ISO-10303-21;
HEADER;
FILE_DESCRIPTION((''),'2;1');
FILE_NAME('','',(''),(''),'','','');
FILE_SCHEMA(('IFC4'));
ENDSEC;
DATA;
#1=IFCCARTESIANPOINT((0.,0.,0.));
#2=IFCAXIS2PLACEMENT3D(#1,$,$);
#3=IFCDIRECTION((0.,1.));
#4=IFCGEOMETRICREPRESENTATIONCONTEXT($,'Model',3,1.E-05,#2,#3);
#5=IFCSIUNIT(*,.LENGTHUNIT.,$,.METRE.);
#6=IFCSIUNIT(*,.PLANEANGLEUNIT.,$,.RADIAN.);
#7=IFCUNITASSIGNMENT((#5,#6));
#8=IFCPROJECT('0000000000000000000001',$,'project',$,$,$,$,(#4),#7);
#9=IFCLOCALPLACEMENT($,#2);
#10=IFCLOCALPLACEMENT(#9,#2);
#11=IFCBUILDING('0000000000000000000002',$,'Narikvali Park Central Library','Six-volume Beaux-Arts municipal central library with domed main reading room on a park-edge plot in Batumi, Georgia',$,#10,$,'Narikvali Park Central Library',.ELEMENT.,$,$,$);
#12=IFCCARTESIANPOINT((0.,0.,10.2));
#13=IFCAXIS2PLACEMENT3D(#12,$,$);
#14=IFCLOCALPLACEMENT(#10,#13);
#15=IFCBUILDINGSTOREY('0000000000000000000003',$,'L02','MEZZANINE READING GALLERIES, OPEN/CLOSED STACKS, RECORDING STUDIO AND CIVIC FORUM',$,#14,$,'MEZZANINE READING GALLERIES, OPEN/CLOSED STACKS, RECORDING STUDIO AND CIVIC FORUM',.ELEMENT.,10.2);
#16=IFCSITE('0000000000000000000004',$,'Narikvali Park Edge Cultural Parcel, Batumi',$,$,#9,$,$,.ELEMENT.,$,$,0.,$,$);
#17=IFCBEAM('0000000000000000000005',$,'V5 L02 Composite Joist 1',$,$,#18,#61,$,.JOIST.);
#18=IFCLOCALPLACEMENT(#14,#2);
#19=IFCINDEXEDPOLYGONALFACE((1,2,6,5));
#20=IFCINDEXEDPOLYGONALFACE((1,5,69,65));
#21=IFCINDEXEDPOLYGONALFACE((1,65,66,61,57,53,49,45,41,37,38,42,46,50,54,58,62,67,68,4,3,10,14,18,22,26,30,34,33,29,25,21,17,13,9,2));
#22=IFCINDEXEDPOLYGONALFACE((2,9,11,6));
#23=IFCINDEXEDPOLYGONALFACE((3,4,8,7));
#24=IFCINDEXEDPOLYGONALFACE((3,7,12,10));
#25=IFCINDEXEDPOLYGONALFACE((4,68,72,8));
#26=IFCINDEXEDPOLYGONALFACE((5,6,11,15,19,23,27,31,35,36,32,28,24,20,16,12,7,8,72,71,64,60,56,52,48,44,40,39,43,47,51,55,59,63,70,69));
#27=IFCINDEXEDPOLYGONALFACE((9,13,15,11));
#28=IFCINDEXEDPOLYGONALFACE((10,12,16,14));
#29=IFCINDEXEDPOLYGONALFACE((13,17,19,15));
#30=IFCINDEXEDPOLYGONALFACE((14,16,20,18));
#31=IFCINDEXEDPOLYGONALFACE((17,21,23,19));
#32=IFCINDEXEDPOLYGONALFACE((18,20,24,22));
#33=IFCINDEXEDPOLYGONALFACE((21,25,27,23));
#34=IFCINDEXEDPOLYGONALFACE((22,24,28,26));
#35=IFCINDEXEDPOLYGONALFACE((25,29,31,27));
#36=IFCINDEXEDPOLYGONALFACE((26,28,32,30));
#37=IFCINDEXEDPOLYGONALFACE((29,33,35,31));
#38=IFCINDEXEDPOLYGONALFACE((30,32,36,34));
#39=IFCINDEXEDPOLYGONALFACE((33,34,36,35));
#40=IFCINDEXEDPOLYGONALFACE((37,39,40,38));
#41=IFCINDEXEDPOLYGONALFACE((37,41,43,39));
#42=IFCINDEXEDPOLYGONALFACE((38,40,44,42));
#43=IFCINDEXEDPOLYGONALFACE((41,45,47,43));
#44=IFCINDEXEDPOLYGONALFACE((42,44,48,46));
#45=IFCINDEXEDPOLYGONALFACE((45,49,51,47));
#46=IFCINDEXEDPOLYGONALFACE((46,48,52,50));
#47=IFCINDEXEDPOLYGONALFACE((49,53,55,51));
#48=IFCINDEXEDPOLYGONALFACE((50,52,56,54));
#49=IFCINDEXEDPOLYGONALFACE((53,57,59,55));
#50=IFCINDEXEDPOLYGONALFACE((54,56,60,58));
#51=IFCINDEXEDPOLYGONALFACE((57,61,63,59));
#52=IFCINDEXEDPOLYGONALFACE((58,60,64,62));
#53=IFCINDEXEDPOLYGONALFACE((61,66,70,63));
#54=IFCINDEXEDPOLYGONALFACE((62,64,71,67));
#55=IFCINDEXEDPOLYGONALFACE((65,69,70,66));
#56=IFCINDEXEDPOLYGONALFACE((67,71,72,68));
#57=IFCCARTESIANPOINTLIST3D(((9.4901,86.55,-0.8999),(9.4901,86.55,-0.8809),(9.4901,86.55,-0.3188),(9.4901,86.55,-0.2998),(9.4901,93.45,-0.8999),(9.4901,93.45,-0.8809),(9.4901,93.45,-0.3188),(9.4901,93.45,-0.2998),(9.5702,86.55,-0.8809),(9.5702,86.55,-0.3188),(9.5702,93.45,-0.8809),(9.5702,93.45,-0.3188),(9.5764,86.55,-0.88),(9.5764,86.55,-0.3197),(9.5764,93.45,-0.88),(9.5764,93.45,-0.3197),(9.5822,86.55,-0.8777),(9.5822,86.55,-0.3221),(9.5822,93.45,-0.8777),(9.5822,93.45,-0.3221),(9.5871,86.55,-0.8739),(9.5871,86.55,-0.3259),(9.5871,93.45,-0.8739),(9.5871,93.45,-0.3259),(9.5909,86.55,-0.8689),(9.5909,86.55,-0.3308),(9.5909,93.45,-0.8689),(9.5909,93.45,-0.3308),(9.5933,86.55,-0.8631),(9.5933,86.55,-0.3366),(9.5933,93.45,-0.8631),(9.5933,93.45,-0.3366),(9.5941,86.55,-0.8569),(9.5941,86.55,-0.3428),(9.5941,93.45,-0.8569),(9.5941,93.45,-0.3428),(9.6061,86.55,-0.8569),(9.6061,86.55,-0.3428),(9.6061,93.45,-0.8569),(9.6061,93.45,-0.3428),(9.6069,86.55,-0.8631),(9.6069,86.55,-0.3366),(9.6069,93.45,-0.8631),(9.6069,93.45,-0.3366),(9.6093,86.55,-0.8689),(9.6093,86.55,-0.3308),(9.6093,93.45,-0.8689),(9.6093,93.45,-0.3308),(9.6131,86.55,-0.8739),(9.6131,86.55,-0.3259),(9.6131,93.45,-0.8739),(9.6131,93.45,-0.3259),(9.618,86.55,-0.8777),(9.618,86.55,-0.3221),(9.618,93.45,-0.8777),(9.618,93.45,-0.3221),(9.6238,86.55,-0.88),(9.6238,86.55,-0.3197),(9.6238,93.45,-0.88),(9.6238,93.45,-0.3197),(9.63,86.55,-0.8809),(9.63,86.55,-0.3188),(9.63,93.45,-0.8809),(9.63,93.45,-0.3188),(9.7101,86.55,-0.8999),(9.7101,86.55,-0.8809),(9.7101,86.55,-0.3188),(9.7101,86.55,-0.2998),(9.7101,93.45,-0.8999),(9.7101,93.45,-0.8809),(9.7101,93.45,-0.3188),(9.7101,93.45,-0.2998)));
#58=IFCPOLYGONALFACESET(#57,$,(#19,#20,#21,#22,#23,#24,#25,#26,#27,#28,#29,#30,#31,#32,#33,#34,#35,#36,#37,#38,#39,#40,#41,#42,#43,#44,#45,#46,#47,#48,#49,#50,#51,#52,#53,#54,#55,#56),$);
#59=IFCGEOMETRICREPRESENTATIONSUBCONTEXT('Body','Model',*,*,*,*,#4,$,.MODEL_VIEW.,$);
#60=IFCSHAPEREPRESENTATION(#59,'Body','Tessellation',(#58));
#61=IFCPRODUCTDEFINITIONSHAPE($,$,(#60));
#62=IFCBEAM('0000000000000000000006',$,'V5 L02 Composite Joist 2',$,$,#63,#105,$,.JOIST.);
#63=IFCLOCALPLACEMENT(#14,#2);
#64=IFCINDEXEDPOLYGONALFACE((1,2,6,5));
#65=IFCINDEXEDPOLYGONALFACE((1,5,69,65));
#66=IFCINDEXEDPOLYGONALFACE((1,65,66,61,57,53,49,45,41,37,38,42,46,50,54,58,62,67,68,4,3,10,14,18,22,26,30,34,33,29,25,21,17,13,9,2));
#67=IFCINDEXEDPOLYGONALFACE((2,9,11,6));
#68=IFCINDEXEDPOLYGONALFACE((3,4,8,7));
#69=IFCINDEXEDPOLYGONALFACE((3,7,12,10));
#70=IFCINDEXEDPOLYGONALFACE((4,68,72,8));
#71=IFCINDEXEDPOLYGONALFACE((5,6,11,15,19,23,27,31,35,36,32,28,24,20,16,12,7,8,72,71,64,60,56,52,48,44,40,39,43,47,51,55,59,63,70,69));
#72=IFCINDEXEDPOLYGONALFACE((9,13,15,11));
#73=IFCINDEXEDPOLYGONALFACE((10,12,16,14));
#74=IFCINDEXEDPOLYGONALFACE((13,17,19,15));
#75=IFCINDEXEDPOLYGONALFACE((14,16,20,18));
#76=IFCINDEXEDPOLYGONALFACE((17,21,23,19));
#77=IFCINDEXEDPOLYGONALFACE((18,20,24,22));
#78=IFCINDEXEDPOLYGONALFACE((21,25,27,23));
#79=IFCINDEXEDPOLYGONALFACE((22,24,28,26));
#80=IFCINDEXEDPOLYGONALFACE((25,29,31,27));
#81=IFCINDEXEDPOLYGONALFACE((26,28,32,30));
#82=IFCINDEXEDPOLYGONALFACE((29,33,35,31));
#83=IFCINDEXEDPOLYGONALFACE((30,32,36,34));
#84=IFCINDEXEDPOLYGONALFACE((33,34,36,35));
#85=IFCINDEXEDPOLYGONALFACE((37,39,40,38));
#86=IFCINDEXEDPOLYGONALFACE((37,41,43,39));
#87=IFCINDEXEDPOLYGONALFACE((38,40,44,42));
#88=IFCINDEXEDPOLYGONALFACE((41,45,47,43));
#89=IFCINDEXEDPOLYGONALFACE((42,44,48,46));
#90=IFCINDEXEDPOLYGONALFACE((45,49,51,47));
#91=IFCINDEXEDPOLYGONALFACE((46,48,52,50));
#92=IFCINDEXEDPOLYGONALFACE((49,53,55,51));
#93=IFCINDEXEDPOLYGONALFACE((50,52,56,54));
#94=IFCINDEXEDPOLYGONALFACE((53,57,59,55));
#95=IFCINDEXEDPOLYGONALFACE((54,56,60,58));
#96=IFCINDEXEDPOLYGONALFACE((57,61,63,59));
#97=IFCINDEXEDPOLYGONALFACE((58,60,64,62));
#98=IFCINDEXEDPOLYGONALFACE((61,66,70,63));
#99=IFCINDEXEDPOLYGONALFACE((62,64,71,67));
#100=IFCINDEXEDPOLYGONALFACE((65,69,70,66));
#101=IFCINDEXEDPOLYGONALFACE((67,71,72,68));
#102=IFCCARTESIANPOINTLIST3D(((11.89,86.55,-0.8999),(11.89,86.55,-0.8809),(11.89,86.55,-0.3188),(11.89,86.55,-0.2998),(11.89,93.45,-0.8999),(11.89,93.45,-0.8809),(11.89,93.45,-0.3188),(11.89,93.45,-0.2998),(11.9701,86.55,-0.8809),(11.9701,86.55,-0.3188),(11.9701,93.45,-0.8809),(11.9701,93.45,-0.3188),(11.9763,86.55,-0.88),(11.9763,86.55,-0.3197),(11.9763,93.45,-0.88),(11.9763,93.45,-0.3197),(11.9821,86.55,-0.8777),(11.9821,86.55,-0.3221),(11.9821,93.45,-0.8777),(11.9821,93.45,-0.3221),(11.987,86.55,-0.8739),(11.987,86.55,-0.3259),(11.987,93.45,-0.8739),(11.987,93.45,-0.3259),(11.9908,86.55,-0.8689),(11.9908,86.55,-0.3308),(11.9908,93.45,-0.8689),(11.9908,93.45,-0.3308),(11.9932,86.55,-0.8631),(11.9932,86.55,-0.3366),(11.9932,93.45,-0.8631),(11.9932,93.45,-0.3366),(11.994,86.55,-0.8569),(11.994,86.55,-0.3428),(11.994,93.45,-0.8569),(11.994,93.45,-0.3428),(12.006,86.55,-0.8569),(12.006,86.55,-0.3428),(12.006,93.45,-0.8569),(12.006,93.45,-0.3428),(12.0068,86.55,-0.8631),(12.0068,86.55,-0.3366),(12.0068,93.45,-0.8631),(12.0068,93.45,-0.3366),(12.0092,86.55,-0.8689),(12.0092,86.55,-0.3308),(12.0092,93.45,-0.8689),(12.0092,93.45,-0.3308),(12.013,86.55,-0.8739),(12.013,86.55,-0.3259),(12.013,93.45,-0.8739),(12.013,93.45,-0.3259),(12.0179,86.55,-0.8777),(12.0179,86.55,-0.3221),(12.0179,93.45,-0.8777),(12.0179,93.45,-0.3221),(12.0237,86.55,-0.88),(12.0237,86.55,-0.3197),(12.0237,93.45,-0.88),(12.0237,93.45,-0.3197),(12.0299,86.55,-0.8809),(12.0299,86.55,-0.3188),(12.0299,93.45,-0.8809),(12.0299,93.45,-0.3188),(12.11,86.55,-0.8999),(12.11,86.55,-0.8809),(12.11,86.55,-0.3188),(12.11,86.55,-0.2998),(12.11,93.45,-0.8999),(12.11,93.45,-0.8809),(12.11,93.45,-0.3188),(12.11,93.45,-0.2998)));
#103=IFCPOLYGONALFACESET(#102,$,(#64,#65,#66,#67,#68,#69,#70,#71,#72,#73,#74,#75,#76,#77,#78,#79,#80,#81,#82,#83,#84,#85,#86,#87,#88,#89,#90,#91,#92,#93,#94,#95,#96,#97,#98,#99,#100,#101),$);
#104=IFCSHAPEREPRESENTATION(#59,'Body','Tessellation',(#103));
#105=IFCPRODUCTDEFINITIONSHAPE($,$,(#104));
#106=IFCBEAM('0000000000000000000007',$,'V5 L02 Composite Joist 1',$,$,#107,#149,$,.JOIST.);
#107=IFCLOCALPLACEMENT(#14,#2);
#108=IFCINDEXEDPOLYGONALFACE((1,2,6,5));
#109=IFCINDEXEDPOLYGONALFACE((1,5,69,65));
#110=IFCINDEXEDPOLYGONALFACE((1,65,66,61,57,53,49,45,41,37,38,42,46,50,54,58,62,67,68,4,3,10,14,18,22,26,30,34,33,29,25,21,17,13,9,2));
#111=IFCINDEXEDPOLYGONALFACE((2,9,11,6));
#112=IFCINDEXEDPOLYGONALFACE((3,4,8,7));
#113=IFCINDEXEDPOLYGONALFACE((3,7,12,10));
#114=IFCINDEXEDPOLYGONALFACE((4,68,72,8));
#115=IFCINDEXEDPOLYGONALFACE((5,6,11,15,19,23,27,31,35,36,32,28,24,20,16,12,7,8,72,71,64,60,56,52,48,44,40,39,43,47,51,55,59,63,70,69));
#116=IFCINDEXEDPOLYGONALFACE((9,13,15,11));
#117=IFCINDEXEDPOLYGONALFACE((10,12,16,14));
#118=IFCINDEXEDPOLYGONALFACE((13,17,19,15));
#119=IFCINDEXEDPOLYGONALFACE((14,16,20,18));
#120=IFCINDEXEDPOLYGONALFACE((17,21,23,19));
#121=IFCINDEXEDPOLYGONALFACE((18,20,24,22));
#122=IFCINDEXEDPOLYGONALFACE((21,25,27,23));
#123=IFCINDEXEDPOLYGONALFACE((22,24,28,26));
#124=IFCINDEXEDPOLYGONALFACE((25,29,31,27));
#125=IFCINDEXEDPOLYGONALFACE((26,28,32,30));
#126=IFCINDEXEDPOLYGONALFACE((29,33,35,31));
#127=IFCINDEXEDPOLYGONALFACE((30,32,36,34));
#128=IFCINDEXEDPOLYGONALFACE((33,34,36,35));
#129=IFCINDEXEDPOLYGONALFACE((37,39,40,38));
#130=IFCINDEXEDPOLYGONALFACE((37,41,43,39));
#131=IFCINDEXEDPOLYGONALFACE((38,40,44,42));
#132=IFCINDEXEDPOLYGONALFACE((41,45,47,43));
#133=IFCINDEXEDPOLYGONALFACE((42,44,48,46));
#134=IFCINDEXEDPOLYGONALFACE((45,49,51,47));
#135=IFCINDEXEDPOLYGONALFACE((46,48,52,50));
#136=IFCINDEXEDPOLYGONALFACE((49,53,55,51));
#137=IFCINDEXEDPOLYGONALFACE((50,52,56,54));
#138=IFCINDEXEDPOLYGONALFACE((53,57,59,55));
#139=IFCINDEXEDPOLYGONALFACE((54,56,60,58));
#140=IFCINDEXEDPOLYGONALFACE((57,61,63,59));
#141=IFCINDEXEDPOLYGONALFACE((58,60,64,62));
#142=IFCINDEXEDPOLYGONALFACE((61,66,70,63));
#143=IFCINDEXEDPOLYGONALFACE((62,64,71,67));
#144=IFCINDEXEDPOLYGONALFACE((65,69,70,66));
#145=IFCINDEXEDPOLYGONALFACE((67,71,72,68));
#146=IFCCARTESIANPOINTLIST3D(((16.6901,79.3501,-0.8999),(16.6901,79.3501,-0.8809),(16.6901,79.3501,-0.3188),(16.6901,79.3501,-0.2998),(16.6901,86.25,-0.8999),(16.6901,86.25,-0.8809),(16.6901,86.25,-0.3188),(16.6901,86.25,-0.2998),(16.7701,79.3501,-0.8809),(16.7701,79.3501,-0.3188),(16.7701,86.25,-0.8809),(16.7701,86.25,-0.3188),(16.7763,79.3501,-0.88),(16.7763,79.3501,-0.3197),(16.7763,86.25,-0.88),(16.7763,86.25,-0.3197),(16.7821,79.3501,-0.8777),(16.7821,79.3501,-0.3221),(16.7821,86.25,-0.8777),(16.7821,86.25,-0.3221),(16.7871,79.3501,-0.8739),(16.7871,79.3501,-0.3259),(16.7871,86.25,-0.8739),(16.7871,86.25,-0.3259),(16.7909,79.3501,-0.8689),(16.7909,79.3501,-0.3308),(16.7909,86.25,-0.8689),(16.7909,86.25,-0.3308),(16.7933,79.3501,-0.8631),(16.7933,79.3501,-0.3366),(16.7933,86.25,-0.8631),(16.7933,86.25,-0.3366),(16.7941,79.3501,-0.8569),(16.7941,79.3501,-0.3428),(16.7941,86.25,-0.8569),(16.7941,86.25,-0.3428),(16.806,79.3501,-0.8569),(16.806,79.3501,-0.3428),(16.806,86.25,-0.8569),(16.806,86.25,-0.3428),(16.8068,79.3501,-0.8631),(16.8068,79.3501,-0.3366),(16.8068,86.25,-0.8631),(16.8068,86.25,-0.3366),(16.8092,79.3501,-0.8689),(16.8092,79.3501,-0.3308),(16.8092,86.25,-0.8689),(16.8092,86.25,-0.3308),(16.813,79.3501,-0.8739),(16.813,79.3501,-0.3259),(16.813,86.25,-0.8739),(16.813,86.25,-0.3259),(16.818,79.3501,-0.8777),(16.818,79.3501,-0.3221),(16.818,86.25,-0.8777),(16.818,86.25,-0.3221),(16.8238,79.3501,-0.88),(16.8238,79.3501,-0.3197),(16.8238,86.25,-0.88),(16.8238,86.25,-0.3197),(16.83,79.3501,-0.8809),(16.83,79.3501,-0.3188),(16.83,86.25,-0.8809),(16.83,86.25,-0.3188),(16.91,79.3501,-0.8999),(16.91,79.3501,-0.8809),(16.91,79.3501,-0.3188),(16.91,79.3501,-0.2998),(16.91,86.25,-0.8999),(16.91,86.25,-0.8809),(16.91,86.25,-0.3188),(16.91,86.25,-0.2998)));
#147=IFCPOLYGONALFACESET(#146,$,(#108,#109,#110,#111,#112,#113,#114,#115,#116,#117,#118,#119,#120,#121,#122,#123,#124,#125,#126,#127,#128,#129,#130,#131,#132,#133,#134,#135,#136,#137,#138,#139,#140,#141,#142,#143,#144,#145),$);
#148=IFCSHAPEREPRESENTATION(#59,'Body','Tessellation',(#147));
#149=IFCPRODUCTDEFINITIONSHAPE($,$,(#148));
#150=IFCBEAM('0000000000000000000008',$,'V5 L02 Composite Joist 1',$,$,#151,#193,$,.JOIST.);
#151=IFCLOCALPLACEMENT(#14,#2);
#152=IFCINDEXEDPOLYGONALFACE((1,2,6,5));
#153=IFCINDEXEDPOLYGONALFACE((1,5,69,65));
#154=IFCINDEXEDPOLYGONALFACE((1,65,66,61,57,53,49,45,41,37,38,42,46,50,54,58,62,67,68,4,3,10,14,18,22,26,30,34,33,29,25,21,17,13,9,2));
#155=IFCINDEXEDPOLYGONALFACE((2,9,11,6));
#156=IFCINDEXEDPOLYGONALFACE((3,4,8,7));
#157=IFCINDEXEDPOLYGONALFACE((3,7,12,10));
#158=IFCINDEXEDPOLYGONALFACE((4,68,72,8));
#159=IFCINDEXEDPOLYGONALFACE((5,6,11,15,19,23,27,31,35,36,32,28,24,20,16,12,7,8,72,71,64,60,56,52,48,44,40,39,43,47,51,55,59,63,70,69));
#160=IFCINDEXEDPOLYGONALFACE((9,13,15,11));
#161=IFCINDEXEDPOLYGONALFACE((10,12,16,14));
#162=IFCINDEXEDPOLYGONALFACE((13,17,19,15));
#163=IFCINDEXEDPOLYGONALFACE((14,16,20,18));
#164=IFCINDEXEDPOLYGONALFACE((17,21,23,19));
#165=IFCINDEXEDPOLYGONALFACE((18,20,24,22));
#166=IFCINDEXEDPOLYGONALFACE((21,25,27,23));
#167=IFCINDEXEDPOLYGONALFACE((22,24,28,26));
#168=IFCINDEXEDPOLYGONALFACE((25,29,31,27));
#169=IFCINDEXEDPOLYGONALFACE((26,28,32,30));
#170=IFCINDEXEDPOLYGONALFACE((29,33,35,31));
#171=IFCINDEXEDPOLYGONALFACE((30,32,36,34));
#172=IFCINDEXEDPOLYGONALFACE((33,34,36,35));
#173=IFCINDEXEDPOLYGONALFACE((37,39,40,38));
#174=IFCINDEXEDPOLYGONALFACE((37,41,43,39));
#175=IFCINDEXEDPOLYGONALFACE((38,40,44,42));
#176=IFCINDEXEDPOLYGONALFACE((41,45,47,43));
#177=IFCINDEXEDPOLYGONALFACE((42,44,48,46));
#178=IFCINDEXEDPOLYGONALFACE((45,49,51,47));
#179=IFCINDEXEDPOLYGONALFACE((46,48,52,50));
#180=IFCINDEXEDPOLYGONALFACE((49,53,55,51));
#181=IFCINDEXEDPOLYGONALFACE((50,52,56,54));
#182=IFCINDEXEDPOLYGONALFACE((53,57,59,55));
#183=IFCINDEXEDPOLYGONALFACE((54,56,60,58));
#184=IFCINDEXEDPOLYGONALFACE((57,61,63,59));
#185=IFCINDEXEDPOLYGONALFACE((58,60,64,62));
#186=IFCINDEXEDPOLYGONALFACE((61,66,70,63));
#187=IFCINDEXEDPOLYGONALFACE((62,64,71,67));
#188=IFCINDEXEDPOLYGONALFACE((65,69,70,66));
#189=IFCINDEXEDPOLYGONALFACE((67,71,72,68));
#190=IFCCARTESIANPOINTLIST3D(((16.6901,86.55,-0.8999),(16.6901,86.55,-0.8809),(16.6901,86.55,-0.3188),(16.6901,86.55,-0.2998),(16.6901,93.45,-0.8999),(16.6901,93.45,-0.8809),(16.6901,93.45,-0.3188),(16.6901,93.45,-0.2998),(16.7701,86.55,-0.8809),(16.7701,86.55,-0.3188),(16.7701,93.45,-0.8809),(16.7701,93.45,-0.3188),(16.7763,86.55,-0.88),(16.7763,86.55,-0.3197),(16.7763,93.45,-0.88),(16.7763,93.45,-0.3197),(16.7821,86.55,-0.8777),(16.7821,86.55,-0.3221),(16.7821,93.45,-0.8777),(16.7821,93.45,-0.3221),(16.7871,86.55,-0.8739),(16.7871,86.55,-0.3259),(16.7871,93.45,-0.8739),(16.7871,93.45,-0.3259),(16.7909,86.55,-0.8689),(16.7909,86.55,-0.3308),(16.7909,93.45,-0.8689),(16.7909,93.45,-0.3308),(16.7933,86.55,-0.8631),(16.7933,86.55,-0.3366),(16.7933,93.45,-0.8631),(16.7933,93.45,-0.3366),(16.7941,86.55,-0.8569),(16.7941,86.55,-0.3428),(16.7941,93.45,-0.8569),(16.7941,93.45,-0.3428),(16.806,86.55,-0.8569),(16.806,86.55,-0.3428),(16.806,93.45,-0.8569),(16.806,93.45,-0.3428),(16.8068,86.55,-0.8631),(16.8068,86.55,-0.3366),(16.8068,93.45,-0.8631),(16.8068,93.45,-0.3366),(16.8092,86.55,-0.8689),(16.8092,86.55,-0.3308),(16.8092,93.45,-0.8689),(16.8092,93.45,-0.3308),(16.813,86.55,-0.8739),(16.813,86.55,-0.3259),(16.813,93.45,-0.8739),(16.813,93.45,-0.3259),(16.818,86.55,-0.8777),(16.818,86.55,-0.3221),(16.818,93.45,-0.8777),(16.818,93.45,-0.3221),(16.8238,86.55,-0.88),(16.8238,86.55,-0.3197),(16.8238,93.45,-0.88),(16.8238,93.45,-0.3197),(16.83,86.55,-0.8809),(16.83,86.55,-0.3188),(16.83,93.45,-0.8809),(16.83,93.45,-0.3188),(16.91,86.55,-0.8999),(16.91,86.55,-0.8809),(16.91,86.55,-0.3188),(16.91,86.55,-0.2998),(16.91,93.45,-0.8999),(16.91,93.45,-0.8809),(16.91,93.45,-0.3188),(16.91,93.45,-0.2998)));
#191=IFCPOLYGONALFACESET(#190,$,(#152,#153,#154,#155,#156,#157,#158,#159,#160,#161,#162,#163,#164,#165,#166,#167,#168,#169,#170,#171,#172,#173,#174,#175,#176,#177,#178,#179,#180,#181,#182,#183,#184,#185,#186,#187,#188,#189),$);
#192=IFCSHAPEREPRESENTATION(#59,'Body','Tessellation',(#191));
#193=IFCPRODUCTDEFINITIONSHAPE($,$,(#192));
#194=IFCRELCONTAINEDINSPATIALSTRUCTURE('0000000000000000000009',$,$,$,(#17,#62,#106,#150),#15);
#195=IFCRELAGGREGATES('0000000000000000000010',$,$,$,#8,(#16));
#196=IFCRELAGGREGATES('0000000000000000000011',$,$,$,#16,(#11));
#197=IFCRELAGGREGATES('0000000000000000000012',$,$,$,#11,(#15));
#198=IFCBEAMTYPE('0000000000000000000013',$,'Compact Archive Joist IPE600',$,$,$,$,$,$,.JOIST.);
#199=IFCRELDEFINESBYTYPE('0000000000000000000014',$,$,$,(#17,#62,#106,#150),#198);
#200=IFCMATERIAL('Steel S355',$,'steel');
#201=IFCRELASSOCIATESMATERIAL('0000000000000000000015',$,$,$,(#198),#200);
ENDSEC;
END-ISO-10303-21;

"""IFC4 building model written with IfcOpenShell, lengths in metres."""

from ifc_helpers import new_model, si_unit, direction, frame, origin, origin_2d, place, context, subcontext, project, spatial, i_section, extrude, material, material_profile, profile_set, type_object, element, save


model = new_model("IFC4")

# Units and contexts
model_context = context("Model", 3, precision=1e-05, world=origin(), true_north=direction((0.0, 1.0)))
body_context = subcontext(model_context, "Body", "Model", "MODEL_VIEW")
ifc_project = project(units=[si_unit("LENGTHUNIT", "METRE"), si_unit("PLANEANGLEUNIT", "RADIAN")], contexts=[model_context])

# Site, building, storey
site_placement = place(None, origin())
site = spatial("IfcSite", under=ifc_project, at=site_placement, Name="Narikvali Park Edge Cultural Parcel, Batumi", CompositionType="ELEMENT", RefElevation=0.0)
building_placement = place(site_placement, origin())
building = spatial("IfcBuilding", under=site, at=building_placement, Name="Narikvali Park Central Library", Description="Six-volume Beaux-Arts municipal central library with domed main reading room on a park-edge plot in Batumi, Georgia", LongName="Narikvali Park Central Library", CompositionType="ELEMENT")
storey_placement = place(building_placement, frame((0.0, 0.0, 10.2)))
storey = spatial("IfcBuildingStorey", under=building, at=storey_placement, Name="L02", Description="MEZZANINE READING GALLERIES, OPEN/CLOSED STACKS, RECORDING STUDIO AND CIVIC FORUM", LongName="MEZZANINE READING GALLERIES, OPEN/CLOSED STACKS, RECORDING STUDIO AND CIVIC FORUM", CompositionType="ELEMENT", Elevation=10.2)

# Shared definitions
ifc_material_1 = material(Name="Steel S355", Category="steel")

# Beams
ifc_material_profile_1 = material_profile(ifc_material_1, i_section(OverallWidth=0.22, OverallDepth=0.6001, WebThickness=0.012, FlangeThickness=0.019, FilletRadius=0.0239, at=origin_2d()), Name="IPE 600")
ifc_profile_set_1 = profile_set([ifc_material_profile_1], Name="Steel S355")
beam_type_1 = type_object("IfcBeamType", Name="Compact Archive Joist IPE600", PredefinedType="JOIST", material=ifc_profile_set_1)
for number, where, z_axis, x_axis, name in (
    (1, (9.6001, 86.55, -0.5999), (0.0, 1.0, 0.0), (-1.0, 0.0, 0.0), "V5 L02 Composite Joist 1"),
    (2, (12.0, 86.55, -0.5999), (0.0, 1.0, 0.0), (-1.0, 0.0, 0.0), "V5 L02 Composite Joist 2"),
    (3, (16.8, 79.3501, -0.5999), (0.0, 1.0, 0.0), (-1.0, 0.0, 0.0), "V5 L02 Composite Joist 1"),
    (4, (16.8, 86.55, -0.5999), (0.0, 1.0, 0.0), (-1.0, 0.0, 0.0), "V5 L02 Composite Joist 1"),
):
    element("IfcBeam", number, at=place(storey_placement, frame(where, z_axis=z_axis, x_axis=x_axis)), inside=storey, type_object=beam_type_1, Name=name, PredefinedType="JOIST", context=body_context, shape_type="SweptSolid", body=[
        extrude(i_section(OverallWidth=0.22, OverallDepth=0.6001, WebThickness=0.012, FlangeThickness=0.019, FilletRadius=0.0239, at=origin_2d()), origin(), (0.0, 0.0, 1.0), 6.8999),
    ])

save(model, "model.ifc")
